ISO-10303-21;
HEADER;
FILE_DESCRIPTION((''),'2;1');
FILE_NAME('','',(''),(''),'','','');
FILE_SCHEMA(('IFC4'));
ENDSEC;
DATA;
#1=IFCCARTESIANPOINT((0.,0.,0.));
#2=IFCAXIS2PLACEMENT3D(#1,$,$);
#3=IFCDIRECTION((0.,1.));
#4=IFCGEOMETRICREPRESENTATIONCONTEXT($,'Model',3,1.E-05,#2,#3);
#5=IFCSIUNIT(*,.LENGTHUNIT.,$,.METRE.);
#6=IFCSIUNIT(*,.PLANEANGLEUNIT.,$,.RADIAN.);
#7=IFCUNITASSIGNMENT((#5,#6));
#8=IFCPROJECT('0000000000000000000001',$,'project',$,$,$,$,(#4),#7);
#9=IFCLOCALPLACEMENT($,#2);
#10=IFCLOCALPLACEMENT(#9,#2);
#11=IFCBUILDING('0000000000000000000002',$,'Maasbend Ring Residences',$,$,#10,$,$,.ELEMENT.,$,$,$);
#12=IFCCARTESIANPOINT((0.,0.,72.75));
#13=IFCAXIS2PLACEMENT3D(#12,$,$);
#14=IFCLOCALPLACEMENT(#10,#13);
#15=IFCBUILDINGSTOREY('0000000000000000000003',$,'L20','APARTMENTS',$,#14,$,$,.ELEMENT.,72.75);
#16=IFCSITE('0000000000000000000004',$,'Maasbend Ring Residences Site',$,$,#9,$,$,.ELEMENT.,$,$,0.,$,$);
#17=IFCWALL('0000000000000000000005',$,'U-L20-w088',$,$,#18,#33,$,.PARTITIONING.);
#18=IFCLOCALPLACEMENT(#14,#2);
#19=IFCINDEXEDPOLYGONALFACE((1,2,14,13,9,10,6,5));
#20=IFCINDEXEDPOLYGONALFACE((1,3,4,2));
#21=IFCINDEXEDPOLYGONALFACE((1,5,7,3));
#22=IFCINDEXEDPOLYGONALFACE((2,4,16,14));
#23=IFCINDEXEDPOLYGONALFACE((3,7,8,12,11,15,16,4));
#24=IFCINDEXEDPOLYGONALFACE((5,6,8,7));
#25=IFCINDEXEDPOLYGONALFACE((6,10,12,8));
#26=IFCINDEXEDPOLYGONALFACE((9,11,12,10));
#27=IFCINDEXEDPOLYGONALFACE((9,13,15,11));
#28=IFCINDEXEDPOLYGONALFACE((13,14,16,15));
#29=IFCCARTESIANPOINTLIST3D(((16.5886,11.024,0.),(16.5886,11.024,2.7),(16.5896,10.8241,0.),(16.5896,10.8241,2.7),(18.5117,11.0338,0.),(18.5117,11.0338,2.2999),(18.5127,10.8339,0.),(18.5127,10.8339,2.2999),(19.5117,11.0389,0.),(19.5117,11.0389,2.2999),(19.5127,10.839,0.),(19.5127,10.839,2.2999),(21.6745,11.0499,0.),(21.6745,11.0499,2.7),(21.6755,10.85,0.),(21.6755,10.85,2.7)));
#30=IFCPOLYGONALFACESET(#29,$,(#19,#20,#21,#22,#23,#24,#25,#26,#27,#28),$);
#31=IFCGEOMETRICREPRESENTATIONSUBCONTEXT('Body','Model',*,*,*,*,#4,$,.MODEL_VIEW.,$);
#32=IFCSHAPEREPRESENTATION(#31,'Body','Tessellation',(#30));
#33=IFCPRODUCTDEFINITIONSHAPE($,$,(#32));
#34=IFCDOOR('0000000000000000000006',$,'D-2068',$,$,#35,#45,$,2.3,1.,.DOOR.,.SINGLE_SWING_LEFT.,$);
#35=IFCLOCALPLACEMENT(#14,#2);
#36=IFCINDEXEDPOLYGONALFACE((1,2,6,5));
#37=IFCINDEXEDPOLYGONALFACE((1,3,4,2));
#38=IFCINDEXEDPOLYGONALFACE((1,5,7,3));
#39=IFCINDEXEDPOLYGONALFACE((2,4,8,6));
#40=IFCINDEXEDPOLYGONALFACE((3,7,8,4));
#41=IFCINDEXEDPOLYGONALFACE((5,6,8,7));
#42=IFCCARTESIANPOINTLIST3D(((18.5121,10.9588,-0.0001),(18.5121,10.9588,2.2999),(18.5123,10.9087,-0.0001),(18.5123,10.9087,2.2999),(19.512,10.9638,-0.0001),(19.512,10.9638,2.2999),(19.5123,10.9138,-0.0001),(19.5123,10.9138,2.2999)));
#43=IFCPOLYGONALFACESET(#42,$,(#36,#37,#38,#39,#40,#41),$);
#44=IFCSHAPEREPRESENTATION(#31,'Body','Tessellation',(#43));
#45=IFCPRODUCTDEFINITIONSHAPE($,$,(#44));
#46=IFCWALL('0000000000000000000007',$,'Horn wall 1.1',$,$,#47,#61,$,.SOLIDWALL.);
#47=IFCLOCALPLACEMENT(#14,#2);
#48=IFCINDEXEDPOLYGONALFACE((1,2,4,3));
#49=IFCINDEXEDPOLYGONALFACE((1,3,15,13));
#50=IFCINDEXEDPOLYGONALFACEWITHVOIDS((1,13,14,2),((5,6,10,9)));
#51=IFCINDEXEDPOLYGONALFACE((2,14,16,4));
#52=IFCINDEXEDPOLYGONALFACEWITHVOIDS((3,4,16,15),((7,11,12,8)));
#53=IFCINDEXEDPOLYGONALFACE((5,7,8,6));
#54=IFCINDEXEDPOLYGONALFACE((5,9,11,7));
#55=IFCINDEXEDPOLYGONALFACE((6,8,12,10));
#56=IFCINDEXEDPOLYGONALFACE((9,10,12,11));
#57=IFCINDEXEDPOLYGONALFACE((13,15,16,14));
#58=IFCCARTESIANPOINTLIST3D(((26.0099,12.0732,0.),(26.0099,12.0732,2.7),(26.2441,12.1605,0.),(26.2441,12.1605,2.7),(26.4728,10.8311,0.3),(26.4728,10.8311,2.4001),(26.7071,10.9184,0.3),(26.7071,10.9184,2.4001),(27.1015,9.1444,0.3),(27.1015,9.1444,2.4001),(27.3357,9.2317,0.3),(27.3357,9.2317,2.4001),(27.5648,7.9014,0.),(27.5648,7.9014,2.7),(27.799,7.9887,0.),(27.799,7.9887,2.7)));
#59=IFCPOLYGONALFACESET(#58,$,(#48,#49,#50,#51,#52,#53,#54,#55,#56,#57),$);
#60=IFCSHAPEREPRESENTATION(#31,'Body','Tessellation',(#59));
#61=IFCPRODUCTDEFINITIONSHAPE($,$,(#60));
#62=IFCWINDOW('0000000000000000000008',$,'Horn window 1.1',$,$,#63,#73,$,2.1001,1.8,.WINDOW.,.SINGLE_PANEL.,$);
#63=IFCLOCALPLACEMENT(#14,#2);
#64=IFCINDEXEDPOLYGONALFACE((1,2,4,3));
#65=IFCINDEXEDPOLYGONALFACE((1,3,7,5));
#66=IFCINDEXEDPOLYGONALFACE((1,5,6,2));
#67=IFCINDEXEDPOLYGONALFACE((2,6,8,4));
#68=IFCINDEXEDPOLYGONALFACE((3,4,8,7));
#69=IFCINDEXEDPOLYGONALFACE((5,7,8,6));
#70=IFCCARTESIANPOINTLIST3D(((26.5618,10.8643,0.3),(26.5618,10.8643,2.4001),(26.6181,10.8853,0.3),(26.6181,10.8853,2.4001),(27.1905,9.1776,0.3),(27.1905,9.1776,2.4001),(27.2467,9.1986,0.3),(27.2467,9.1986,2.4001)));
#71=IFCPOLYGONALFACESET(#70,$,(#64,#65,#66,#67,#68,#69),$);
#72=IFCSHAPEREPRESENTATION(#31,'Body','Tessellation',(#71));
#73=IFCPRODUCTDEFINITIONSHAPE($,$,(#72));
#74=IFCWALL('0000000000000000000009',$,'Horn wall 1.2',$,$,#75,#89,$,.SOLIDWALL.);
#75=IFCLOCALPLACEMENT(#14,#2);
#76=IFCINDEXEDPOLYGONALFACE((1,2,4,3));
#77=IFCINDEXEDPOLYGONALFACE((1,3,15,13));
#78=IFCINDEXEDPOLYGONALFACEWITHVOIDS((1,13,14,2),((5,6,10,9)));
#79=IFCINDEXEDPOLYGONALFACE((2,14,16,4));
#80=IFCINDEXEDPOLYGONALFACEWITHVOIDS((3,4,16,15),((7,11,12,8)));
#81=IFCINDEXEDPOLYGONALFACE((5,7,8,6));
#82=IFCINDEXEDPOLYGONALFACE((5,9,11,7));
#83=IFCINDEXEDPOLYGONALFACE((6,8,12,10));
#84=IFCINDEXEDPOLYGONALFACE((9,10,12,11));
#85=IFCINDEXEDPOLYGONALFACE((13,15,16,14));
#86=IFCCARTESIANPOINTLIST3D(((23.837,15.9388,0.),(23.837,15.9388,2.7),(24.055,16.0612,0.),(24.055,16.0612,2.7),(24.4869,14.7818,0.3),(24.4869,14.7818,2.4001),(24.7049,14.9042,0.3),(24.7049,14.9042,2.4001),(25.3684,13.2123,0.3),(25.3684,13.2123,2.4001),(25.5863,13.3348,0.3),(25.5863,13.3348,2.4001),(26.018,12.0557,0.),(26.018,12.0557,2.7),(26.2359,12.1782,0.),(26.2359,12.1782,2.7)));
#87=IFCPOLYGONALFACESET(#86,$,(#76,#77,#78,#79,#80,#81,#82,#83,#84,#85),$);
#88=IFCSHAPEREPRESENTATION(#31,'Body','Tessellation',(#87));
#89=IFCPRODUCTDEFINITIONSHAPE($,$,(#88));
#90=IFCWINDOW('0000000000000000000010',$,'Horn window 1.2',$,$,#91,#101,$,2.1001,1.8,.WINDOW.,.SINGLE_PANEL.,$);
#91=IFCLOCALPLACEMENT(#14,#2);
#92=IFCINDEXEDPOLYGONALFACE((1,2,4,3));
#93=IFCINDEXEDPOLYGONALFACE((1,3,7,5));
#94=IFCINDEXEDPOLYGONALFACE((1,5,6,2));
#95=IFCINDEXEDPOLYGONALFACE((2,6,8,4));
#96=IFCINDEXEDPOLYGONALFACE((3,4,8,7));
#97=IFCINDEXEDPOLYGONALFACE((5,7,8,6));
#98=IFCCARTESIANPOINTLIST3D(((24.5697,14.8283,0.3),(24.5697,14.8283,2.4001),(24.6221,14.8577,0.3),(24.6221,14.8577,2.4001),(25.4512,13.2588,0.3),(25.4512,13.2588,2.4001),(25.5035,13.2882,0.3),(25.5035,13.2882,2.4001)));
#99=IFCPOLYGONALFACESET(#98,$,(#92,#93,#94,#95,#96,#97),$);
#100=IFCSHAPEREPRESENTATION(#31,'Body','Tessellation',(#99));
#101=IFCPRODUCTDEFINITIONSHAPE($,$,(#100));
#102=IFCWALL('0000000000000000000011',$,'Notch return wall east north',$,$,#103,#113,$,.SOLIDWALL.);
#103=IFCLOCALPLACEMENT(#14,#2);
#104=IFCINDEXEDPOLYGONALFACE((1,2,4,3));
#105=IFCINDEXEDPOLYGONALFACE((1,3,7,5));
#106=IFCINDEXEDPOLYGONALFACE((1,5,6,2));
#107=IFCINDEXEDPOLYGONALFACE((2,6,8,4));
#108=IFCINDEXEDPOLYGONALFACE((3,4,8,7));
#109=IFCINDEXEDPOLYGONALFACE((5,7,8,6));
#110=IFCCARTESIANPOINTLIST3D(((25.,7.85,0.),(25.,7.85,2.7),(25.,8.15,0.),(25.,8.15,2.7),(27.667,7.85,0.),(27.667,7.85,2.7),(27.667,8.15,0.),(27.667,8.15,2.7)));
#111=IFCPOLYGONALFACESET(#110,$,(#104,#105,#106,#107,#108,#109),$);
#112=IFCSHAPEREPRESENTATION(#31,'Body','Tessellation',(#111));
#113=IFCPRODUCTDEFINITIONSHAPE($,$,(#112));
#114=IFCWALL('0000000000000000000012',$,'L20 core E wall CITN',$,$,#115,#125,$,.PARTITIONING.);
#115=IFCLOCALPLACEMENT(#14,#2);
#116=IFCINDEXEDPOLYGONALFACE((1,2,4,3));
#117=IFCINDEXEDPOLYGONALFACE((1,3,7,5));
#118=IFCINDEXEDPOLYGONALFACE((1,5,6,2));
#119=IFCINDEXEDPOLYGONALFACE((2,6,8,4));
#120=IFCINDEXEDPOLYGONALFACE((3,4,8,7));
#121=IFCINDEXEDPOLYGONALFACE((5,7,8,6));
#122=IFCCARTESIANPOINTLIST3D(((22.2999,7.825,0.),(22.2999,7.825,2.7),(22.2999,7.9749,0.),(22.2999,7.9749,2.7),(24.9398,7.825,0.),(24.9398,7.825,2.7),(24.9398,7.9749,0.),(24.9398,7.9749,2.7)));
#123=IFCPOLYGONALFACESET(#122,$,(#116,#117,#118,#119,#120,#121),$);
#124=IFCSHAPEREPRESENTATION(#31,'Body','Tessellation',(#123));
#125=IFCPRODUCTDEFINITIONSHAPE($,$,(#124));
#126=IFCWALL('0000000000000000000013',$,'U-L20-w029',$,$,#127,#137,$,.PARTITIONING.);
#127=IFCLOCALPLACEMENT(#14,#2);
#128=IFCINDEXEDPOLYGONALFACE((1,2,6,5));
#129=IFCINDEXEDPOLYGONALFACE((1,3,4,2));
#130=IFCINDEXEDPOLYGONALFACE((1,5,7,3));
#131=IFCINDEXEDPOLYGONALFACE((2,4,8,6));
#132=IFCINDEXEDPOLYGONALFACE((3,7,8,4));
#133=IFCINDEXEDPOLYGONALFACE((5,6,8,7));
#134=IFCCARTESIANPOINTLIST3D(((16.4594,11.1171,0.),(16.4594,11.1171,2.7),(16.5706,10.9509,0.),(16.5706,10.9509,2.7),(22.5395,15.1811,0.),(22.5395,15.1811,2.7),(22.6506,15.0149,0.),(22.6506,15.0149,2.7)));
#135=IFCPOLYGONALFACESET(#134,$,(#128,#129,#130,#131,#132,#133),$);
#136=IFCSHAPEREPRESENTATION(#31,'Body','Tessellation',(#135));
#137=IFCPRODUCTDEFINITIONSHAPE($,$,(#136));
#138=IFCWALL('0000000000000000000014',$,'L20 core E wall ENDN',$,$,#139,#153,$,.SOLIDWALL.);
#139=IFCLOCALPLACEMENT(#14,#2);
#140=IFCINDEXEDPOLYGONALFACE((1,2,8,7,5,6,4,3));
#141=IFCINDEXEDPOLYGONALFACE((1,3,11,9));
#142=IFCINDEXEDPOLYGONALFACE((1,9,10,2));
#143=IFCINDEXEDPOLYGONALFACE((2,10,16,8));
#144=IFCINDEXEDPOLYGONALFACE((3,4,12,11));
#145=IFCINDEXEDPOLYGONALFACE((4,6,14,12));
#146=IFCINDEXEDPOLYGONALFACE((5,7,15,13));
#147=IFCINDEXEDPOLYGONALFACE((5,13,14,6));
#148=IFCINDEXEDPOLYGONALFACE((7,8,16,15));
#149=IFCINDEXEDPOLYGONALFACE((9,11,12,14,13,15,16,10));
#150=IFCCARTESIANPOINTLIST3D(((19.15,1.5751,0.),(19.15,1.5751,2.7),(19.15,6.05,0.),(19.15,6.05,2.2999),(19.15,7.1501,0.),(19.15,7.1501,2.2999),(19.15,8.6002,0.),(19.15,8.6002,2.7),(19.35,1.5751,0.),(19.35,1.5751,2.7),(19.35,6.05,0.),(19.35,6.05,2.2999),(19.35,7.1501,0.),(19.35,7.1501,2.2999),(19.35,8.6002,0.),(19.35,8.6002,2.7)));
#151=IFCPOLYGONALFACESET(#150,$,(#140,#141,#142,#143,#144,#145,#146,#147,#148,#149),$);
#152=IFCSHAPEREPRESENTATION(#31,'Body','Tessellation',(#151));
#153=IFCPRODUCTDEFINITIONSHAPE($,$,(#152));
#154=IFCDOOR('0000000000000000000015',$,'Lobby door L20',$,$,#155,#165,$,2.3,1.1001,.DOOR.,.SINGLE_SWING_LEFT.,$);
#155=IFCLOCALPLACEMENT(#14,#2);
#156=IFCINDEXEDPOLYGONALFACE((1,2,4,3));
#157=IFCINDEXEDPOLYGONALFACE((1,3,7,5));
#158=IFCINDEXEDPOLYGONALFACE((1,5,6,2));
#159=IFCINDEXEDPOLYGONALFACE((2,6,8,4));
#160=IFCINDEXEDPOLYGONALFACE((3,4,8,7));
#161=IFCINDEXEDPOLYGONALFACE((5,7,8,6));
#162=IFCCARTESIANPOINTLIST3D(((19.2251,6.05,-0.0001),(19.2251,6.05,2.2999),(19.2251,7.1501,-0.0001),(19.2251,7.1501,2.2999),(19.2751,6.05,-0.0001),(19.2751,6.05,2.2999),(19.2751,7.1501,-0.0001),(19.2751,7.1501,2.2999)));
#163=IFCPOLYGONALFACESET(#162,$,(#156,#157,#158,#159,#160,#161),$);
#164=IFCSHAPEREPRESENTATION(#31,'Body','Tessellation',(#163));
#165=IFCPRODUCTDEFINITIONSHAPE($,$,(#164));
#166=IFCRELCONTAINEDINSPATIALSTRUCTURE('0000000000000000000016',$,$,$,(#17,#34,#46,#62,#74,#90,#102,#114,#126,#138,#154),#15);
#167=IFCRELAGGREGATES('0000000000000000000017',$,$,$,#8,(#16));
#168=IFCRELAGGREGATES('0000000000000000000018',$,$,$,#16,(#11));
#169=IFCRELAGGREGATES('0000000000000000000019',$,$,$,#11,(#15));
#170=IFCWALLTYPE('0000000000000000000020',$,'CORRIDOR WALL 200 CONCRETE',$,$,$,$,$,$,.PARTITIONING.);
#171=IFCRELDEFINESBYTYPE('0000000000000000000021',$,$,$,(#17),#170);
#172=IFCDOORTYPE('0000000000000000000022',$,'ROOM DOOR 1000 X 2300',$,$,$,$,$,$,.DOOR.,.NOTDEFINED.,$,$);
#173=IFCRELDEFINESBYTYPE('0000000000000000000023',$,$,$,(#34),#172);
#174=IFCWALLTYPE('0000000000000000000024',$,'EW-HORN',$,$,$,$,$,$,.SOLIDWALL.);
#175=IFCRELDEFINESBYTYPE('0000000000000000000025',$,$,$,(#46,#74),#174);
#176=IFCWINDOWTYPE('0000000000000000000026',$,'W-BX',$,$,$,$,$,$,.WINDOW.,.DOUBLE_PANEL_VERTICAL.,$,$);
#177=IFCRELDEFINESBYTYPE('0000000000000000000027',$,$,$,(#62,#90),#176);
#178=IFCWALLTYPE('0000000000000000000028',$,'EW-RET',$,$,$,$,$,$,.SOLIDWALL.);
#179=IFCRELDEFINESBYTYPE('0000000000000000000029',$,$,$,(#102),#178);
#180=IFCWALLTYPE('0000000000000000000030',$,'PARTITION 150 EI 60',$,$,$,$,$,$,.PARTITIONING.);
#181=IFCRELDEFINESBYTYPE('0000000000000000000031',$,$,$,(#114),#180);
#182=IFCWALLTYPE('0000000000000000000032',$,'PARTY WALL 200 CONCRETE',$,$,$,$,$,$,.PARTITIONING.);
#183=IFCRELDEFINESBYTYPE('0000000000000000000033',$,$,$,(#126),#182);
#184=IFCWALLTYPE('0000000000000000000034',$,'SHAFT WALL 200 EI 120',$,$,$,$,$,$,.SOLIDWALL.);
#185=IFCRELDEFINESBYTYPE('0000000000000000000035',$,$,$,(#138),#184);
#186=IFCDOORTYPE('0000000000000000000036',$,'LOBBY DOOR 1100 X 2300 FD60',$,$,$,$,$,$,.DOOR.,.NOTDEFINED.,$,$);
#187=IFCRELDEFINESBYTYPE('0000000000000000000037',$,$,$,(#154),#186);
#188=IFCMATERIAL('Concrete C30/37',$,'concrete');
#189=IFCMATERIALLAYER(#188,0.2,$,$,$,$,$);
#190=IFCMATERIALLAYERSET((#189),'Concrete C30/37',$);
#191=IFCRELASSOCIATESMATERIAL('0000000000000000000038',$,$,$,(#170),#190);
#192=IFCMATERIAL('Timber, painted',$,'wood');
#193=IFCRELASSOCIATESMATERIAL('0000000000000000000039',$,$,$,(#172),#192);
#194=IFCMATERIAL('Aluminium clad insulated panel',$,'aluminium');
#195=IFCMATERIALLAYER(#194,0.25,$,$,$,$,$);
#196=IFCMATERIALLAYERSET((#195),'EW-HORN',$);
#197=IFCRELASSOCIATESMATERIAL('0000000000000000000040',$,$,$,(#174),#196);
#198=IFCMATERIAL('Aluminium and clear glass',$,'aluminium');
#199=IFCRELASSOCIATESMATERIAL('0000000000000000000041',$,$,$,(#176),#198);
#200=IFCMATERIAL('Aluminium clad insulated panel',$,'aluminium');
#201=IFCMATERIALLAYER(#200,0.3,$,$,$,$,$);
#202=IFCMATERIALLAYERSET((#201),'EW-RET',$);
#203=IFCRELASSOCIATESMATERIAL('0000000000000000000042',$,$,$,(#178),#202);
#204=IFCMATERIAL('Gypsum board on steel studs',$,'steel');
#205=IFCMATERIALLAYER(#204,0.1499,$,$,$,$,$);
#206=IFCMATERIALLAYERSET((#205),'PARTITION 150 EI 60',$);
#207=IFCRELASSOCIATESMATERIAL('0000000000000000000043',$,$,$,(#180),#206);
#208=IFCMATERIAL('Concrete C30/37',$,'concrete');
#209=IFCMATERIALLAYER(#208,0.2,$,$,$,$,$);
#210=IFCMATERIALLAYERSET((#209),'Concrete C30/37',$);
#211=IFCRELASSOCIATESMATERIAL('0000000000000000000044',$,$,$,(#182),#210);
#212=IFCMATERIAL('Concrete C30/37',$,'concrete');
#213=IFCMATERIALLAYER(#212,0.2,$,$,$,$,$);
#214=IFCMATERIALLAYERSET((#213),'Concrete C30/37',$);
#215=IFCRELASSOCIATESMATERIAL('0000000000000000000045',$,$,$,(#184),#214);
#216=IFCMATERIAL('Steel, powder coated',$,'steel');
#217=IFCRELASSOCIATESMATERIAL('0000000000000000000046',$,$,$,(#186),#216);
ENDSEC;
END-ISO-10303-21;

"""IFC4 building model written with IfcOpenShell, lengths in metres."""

from ifc_helpers import new_model, si_unit, direction, frame, frame_2d, origin, place, context, subcontext, project, spatial, rectangle, extrude, material, layer, layer_set, type_object, element, fill, save


model = new_model("IFC4")

# Units and contexts
model_context = context("Model", 3, precision=1e-05, world=origin(), true_north=direction((0.0, 1.0)))
body_context = subcontext(model_context, "Body", "Model", "MODEL_VIEW")
ifc_project = project(units=[si_unit("LENGTHUNIT", "METRE"), si_unit("PLANEANGLEUNIT", "RADIAN")], contexts=[model_context])

# Site, building, storey
site_placement = place(None, origin())
site = spatial("IfcSite", under=ifc_project, at=site_placement, Name="Maasbend Ring Residences Site", CompositionType="ELEMENT", RefElevation=0.0)
building_placement = place(site_placement, origin())
building = spatial("IfcBuilding", under=site, at=building_placement, Name="Maasbend Ring Residences", CompositionType="ELEMENT")
storey_placement = place(building_placement, frame((0.0, 0.0, 72.75)))
storey = spatial("IfcBuildingStorey", under=building, at=storey_placement, Name="L20", Description="APARTMENTS", CompositionType="ELEMENT", Elevation=72.75)

# Shared definitions
ifc_material_1 = material(Name="Concrete C30/37", Category="concrete")
ifc_layer_1 = layer(ifc_material_1, 0.2)
ifc_layer_set_1 = layer_set([ifc_layer_1], Name="Concrete C30/37")
wall_type_1 = type_object("IfcWallType", Name="CORRIDOR WALL 200 CONCRETE", PredefinedType="PARTITIONING", material=ifc_layer_set_1)

# Wall, opening, door
wall_1_placement = place(storey_placement, frame((16.5891, 10.9241, 0.0), z_axis=(0.0, 0.0, 1.0), x_axis=(0.999987, 0.005088, 0.0)))
wall_1 = element("IfcWall", 1, at=wall_1_placement, inside=storey, type_object=wall_type_1, Name="U-L20-w088", PredefinedType="PARTITIONING", context=body_context, shape_type="SweptSolid", body=[
    extrude(rectangle(XDim=5.0859, YDim=0.2, at=frame_2d((2.543, 0.0))), origin(), (0.0, 0.0, 1.0), 2.7),
])
opening_1_placement = place(wall_1_placement, frame((1.9231, 0.0, 0.0)))
opening_1 = element("IfcOpeningElement", 2, at=opening_1_placement, cuts=wall_1, PredefinedType="OPENING", context=body_context, shape_type="SweptSolid", body=[
    extrude(rectangle(XDim=1.0, YDim=2.3, at=frame_2d((0.5, 1.1499))), frame((0.0, 0.1099, 0.0), z_axis=(0.0, -1.0, 0.0), x_axis=(1.0, 0.0, 0.0)), (0.0, 0.0, 1.0), 0.22),
])
ifc_material_2 = material(Name="Timber, painted", Category="wood")
door_type_1 = type_object("IfcDoorType", Name="ROOM DOOR 1000 X 2300", OperationType="NOTDEFINED", PredefinedType="DOOR", material=ifc_material_2)
door_1_placement = place(opening_1_placement, origin())
door_1 = element("IfcDoor", 3, at=door_1_placement, inside=storey, type_object=door_type_1, Name="D-2068", OperationType="SINGLE_SWING_LEFT", OverallHeight=2.3, OverallWidth=1.0, PredefinedType="DOOR", context=body_context, shape_type="SweptSolid", body=[
    extrude(rectangle(XDim=1.0, YDim=2.3, at=frame_2d((0.5, 1.1499))), frame((0.0, 0.0249, 0.0), z_axis=(0.0, -1.0, 0.0), x_axis=(1.0, 0.0, 0.0)), (0.0, 0.0, 1.0), 0.05),
])
fill(opening_1, door_1)

# Walls, openings, windows
ifc_material_3 = material(Name="Aluminium clad insulated panel", Category="aluminium")
ifc_layer_2 = layer(ifc_material_3, 0.25)
ifc_layer_set_2 = layer_set([ifc_layer_2], Name="EW-HORN")
wall_type_2 = type_object("IfcWallType", Name="EW-HORN", PredefinedType="SOLIDWALL", material=ifc_layer_set_2)
wall_2_placement = place(storey_placement, frame((27.6819, 7.9451, 0.0), z_axis=(0.0, 0.0, 1.0), x_axis=(-0.349248, 0.93703, 0.0)))
wall_2 = element("IfcWall", 4, at=wall_2_placement, inside=storey, type_object=wall_type_2, Name="Horn wall 1.1", PredefinedType="SOLIDWALL", context=body_context, shape_type="SweptSolid", body=[
    extrude(rectangle(XDim=4.4521, YDim=0.25, at=frame_2d((2.2261, 0.0))), origin(), (0.0, 0.0, 1.0), 2.7),
])
opening_2_placement = place(wall_2_placement, frame((1.3267, 0.0, 0.3)))
opening_2 = element("IfcOpeningElement", 5, at=opening_2_placement, cuts=wall_2, PredefinedType="OPENING", context=body_context, shape_type="SweptSolid", body=[
    extrude(rectangle(XDim=1.8, YDim=2.1001, at=frame_2d((0.8999, 1.05))), frame((0.0, 0.135, 0.0), z_axis=(0.0, -1.0, 0.0), x_axis=(1.0, 0.0, 0.0)), (0.0, 0.0, 1.0), 0.27),
])
ifc_material_4 = material(Name="Aluminium and clear glass", Category="aluminium")
window_type = type_object("IfcWindowType", Name="W-BX", PartitioningType="DOUBLE_PANEL_VERTICAL", PredefinedType="WINDOW", material=ifc_material_4)
window_1_placement = place(opening_2_placement, origin())
window_1 = element("IfcWindow", 6, at=window_1_placement, inside=storey, type_object=window_type, Name="Horn window 1.1", OverallHeight=2.1001, OverallWidth=1.8, PartitioningType="SINGLE_PANEL", PredefinedType="WINDOW", context=body_context, shape_type="SweptSolid", body=[
    extrude(rectangle(XDim=1.8, YDim=2.1001, at=frame_2d((0.8999, 1.05))), frame((0.0, 0.03, 0.0), z_axis=(0.0, -1.0, 0.0), x_axis=(1.0, 0.0, 0.0)), (0.0, 0.0, 1.0), 0.0601),
])
fill(opening_2, window_1)
wall_3_placement = place(storey_placement, frame((26.127, 12.1169, 0.0), z_axis=(0.0, 0.0, 1.0), x_axis=(-0.489696, 0.871893, 0.0)))
wall_3 = element("IfcWall", 7, at=wall_3_placement, inside=storey, type_object=wall_type_2, Name="Horn wall 1.2", PredefinedType="SOLIDWALL", context=body_context, shape_type="SweptSolid", body=[
    extrude(rectangle(XDim=4.4536, YDim=0.25, at=frame_2d((2.2268, 0.0))), origin(), (0.0, 0.0, 1.0), 2.7),
])
opening_3_placement = place(wall_3_placement, frame((1.3267, 0.0, 0.3)))
opening_3 = element("IfcOpeningElement", 8, at=opening_3_placement, cuts=wall_3, PredefinedType="OPENING", context=body_context, shape_type="SweptSolid", body=[
    extrude(rectangle(XDim=1.8, YDim=2.1001, at=frame_2d((0.8999, 1.05))), frame((0.0, 0.135, 0.0), z_axis=(0.0, -1.0, 0.0), x_axis=(1.0, 0.0, 0.0)), (0.0, 0.0, 1.0), 0.27),
])
window_2_placement = place(opening_3_placement, origin())
window_2 = element("IfcWindow", 9, at=window_2_placement, inside=storey, type_object=window_type, Name="Horn window 1.2", OverallHeight=2.1001, OverallWidth=1.8, PartitioningType="SINGLE_PANEL", PredefinedType="WINDOW", context=body_context, shape_type="SweptSolid", body=[
    extrude(rectangle(XDim=1.8, YDim=2.1001, at=frame_2d((0.8999, 1.05))), frame((0.0, 0.03, 0.0), z_axis=(0.0, -1.0, 0.0), x_axis=(1.0, 0.0, 0.0)), (0.0, 0.0, 1.0), 0.0601),
])
fill(opening_3, window_2)

# Walls
ifc_material_5 = material(Name="Aluminium clad insulated panel", Category="aluminium")
ifc_layer_3 = layer(ifc_material_5, 0.3)
ifc_layer_set_3 = layer_set([ifc_layer_3], Name="EW-RET")
wall_type_3 = type_object("IfcWallType", Name="EW-RET", PredefinedType="SOLIDWALL", material=ifc_layer_set_3)
wall_4_placement = place(storey_placement, frame((25.0, 8.0, 0.0), z_axis=(0.0, 0.0, 1.0), x_axis=(1.0, 0.0, 0.0)))
element("IfcWall", 10, at=wall_4_placement, inside=storey, type_object=wall_type_3, Name="Notch return wall east north", PredefinedType="SOLIDWALL", context=body_context, shape_type="SweptSolid", body=[
    extrude(rectangle(XDim=2.667, YDim=0.3, at=frame_2d((1.3335, 0.0))), origin(), (0.0, 0.0, 1.0), 2.7),
])
ifc_material_6 = material(Name="Gypsum board on steel studs", Category="steel")
ifc_layer_4 = layer(ifc_material_6, 0.1499)
ifc_layer_set_4 = layer_set([ifc_layer_4], Name="PARTITION 150 EI 60")
wall_type_4 = type_object("IfcWallType", Name="PARTITION 150 EI 60", PredefinedType="PARTITIONING", material=ifc_layer_set_4)
wall_5_placement = place(storey_placement, frame((22.3, 7.8999, 0.0), z_axis=(0.0, 0.0, 1.0), x_axis=(1.0, 0.0, 0.0)))
element("IfcWall", 11, at=wall_5_placement, inside=storey, type_object=wall_type_4, Name="L20 core E wall CITN", PredefinedType="PARTITIONING", context=body_context, shape_type="SweptSolid", body=[
    extrude(rectangle(XDim=2.6399, YDim=0.1499, at=frame_2d((1.3198, 0.0))), origin(), (0.0, 0.0, 1.0), 2.7),
])
ifc_material_7 = material(Name="Concrete C30/37", Category="concrete")
ifc_layer_5 = layer(ifc_material_7, 0.2)
ifc_layer_set_5 = layer_set([ifc_layer_5], Name="Concrete C30/37")
wall_type_5 = type_object("IfcWallType", Name="PARTY WALL 200 CONCRETE", PredefinedType="PARTITIONING", material=ifc_layer_set_5)
wall_6_placement = place(storey_placement, frame((16.5149, 11.0339, 0.0), z_axis=(0.0, 0.0, 1.0), x_axis=(0.831382, 0.555701, 0.0)))
element("IfcWall", 12, at=wall_6_placement, inside=storey, type_object=wall_type_5, Name="U-L20-w029", PredefinedType="PARTITIONING", context=body_context, shape_type="SweptSolid", body=[
    extrude(rectangle(XDim=7.3132, YDim=0.2, at=frame_2d((3.6567, 0.0))), origin(), (0.0, 0.0, 1.0), 2.7),
])

# Wall, opening, door
ifc_material_8 = material(Name="Concrete C30/37", Category="concrete")
ifc_layer_6 = layer(ifc_material_8, 0.2)
ifc_layer_set_6 = layer_set([ifc_layer_6], Name="Concrete C30/37")
wall_type_6 = type_object("IfcWallType", Name="SHAFT WALL 200 EI 120", PredefinedType="SOLIDWALL", material=ifc_layer_set_6)
wall_7_placement = place(storey_placement, frame((19.25, 1.575, 0.0), z_axis=(0.0, 0.0, 1.0), x_axis=(0.0, 1.0, 0.0)))
wall_7 = element("IfcWall", 13, at=wall_7_placement, inside=storey, type_object=wall_type_6, Name="L20 core E wall ENDN", PredefinedType="SOLIDWALL", context=body_context, shape_type="SweptSolid", body=[
    extrude(rectangle(XDim=7.0251, YDim=0.2, at=frame_2d((3.5127, 0.0))), origin(), (0.0, 0.0, 1.0), 2.7),
])
opening_4_placement = place(wall_7_placement, frame((4.4751, 0.0, 0.0)))
opening_4 = element("IfcOpeningElement", 14, at=opening_4_placement, cuts=wall_7, PredefinedType="OPENING", context=body_context, shape_type="SweptSolid", body=[
    extrude(rectangle(XDim=1.1001, YDim=2.3, at=frame_2d((0.55, 1.1499))), frame((0.0, 0.1099, 0.0), z_axis=(0.0, -1.0, 0.0), x_axis=(1.0, 0.0, 0.0)), (0.0, 0.0, 1.0), 0.22),
])
ifc_material_9 = material(Name="Steel, powder coated", Category="steel")
door_type_2 = type_object("IfcDoorType", Name="LOBBY DOOR 1100 X 2300 FD60", OperationType="NOTDEFINED", PredefinedType="DOOR", material=ifc_material_9)
door_2_placement = place(opening_4_placement, origin())
door_2 = element("IfcDoor", 15, at=door_2_placement, inside=storey, type_object=door_type_2, Name="Lobby door L20", OperationType="SINGLE_SWING_LEFT", OverallHeight=2.3, OverallWidth=1.1001, PredefinedType="DOOR", context=body_context, shape_type="SweptSolid", body=[
    extrude(rectangle(XDim=1.1001, YDim=2.3, at=frame_2d((0.55, 1.1499))), frame((0.0, 0.0249, 0.0), z_axis=(0.0, -1.0, 0.0), x_axis=(1.0, 0.0, 0.0)), (0.0, 0.0, 1.0), 0.05),
])
fill(opening_4, door_2)

save(model, "model.ifc")
